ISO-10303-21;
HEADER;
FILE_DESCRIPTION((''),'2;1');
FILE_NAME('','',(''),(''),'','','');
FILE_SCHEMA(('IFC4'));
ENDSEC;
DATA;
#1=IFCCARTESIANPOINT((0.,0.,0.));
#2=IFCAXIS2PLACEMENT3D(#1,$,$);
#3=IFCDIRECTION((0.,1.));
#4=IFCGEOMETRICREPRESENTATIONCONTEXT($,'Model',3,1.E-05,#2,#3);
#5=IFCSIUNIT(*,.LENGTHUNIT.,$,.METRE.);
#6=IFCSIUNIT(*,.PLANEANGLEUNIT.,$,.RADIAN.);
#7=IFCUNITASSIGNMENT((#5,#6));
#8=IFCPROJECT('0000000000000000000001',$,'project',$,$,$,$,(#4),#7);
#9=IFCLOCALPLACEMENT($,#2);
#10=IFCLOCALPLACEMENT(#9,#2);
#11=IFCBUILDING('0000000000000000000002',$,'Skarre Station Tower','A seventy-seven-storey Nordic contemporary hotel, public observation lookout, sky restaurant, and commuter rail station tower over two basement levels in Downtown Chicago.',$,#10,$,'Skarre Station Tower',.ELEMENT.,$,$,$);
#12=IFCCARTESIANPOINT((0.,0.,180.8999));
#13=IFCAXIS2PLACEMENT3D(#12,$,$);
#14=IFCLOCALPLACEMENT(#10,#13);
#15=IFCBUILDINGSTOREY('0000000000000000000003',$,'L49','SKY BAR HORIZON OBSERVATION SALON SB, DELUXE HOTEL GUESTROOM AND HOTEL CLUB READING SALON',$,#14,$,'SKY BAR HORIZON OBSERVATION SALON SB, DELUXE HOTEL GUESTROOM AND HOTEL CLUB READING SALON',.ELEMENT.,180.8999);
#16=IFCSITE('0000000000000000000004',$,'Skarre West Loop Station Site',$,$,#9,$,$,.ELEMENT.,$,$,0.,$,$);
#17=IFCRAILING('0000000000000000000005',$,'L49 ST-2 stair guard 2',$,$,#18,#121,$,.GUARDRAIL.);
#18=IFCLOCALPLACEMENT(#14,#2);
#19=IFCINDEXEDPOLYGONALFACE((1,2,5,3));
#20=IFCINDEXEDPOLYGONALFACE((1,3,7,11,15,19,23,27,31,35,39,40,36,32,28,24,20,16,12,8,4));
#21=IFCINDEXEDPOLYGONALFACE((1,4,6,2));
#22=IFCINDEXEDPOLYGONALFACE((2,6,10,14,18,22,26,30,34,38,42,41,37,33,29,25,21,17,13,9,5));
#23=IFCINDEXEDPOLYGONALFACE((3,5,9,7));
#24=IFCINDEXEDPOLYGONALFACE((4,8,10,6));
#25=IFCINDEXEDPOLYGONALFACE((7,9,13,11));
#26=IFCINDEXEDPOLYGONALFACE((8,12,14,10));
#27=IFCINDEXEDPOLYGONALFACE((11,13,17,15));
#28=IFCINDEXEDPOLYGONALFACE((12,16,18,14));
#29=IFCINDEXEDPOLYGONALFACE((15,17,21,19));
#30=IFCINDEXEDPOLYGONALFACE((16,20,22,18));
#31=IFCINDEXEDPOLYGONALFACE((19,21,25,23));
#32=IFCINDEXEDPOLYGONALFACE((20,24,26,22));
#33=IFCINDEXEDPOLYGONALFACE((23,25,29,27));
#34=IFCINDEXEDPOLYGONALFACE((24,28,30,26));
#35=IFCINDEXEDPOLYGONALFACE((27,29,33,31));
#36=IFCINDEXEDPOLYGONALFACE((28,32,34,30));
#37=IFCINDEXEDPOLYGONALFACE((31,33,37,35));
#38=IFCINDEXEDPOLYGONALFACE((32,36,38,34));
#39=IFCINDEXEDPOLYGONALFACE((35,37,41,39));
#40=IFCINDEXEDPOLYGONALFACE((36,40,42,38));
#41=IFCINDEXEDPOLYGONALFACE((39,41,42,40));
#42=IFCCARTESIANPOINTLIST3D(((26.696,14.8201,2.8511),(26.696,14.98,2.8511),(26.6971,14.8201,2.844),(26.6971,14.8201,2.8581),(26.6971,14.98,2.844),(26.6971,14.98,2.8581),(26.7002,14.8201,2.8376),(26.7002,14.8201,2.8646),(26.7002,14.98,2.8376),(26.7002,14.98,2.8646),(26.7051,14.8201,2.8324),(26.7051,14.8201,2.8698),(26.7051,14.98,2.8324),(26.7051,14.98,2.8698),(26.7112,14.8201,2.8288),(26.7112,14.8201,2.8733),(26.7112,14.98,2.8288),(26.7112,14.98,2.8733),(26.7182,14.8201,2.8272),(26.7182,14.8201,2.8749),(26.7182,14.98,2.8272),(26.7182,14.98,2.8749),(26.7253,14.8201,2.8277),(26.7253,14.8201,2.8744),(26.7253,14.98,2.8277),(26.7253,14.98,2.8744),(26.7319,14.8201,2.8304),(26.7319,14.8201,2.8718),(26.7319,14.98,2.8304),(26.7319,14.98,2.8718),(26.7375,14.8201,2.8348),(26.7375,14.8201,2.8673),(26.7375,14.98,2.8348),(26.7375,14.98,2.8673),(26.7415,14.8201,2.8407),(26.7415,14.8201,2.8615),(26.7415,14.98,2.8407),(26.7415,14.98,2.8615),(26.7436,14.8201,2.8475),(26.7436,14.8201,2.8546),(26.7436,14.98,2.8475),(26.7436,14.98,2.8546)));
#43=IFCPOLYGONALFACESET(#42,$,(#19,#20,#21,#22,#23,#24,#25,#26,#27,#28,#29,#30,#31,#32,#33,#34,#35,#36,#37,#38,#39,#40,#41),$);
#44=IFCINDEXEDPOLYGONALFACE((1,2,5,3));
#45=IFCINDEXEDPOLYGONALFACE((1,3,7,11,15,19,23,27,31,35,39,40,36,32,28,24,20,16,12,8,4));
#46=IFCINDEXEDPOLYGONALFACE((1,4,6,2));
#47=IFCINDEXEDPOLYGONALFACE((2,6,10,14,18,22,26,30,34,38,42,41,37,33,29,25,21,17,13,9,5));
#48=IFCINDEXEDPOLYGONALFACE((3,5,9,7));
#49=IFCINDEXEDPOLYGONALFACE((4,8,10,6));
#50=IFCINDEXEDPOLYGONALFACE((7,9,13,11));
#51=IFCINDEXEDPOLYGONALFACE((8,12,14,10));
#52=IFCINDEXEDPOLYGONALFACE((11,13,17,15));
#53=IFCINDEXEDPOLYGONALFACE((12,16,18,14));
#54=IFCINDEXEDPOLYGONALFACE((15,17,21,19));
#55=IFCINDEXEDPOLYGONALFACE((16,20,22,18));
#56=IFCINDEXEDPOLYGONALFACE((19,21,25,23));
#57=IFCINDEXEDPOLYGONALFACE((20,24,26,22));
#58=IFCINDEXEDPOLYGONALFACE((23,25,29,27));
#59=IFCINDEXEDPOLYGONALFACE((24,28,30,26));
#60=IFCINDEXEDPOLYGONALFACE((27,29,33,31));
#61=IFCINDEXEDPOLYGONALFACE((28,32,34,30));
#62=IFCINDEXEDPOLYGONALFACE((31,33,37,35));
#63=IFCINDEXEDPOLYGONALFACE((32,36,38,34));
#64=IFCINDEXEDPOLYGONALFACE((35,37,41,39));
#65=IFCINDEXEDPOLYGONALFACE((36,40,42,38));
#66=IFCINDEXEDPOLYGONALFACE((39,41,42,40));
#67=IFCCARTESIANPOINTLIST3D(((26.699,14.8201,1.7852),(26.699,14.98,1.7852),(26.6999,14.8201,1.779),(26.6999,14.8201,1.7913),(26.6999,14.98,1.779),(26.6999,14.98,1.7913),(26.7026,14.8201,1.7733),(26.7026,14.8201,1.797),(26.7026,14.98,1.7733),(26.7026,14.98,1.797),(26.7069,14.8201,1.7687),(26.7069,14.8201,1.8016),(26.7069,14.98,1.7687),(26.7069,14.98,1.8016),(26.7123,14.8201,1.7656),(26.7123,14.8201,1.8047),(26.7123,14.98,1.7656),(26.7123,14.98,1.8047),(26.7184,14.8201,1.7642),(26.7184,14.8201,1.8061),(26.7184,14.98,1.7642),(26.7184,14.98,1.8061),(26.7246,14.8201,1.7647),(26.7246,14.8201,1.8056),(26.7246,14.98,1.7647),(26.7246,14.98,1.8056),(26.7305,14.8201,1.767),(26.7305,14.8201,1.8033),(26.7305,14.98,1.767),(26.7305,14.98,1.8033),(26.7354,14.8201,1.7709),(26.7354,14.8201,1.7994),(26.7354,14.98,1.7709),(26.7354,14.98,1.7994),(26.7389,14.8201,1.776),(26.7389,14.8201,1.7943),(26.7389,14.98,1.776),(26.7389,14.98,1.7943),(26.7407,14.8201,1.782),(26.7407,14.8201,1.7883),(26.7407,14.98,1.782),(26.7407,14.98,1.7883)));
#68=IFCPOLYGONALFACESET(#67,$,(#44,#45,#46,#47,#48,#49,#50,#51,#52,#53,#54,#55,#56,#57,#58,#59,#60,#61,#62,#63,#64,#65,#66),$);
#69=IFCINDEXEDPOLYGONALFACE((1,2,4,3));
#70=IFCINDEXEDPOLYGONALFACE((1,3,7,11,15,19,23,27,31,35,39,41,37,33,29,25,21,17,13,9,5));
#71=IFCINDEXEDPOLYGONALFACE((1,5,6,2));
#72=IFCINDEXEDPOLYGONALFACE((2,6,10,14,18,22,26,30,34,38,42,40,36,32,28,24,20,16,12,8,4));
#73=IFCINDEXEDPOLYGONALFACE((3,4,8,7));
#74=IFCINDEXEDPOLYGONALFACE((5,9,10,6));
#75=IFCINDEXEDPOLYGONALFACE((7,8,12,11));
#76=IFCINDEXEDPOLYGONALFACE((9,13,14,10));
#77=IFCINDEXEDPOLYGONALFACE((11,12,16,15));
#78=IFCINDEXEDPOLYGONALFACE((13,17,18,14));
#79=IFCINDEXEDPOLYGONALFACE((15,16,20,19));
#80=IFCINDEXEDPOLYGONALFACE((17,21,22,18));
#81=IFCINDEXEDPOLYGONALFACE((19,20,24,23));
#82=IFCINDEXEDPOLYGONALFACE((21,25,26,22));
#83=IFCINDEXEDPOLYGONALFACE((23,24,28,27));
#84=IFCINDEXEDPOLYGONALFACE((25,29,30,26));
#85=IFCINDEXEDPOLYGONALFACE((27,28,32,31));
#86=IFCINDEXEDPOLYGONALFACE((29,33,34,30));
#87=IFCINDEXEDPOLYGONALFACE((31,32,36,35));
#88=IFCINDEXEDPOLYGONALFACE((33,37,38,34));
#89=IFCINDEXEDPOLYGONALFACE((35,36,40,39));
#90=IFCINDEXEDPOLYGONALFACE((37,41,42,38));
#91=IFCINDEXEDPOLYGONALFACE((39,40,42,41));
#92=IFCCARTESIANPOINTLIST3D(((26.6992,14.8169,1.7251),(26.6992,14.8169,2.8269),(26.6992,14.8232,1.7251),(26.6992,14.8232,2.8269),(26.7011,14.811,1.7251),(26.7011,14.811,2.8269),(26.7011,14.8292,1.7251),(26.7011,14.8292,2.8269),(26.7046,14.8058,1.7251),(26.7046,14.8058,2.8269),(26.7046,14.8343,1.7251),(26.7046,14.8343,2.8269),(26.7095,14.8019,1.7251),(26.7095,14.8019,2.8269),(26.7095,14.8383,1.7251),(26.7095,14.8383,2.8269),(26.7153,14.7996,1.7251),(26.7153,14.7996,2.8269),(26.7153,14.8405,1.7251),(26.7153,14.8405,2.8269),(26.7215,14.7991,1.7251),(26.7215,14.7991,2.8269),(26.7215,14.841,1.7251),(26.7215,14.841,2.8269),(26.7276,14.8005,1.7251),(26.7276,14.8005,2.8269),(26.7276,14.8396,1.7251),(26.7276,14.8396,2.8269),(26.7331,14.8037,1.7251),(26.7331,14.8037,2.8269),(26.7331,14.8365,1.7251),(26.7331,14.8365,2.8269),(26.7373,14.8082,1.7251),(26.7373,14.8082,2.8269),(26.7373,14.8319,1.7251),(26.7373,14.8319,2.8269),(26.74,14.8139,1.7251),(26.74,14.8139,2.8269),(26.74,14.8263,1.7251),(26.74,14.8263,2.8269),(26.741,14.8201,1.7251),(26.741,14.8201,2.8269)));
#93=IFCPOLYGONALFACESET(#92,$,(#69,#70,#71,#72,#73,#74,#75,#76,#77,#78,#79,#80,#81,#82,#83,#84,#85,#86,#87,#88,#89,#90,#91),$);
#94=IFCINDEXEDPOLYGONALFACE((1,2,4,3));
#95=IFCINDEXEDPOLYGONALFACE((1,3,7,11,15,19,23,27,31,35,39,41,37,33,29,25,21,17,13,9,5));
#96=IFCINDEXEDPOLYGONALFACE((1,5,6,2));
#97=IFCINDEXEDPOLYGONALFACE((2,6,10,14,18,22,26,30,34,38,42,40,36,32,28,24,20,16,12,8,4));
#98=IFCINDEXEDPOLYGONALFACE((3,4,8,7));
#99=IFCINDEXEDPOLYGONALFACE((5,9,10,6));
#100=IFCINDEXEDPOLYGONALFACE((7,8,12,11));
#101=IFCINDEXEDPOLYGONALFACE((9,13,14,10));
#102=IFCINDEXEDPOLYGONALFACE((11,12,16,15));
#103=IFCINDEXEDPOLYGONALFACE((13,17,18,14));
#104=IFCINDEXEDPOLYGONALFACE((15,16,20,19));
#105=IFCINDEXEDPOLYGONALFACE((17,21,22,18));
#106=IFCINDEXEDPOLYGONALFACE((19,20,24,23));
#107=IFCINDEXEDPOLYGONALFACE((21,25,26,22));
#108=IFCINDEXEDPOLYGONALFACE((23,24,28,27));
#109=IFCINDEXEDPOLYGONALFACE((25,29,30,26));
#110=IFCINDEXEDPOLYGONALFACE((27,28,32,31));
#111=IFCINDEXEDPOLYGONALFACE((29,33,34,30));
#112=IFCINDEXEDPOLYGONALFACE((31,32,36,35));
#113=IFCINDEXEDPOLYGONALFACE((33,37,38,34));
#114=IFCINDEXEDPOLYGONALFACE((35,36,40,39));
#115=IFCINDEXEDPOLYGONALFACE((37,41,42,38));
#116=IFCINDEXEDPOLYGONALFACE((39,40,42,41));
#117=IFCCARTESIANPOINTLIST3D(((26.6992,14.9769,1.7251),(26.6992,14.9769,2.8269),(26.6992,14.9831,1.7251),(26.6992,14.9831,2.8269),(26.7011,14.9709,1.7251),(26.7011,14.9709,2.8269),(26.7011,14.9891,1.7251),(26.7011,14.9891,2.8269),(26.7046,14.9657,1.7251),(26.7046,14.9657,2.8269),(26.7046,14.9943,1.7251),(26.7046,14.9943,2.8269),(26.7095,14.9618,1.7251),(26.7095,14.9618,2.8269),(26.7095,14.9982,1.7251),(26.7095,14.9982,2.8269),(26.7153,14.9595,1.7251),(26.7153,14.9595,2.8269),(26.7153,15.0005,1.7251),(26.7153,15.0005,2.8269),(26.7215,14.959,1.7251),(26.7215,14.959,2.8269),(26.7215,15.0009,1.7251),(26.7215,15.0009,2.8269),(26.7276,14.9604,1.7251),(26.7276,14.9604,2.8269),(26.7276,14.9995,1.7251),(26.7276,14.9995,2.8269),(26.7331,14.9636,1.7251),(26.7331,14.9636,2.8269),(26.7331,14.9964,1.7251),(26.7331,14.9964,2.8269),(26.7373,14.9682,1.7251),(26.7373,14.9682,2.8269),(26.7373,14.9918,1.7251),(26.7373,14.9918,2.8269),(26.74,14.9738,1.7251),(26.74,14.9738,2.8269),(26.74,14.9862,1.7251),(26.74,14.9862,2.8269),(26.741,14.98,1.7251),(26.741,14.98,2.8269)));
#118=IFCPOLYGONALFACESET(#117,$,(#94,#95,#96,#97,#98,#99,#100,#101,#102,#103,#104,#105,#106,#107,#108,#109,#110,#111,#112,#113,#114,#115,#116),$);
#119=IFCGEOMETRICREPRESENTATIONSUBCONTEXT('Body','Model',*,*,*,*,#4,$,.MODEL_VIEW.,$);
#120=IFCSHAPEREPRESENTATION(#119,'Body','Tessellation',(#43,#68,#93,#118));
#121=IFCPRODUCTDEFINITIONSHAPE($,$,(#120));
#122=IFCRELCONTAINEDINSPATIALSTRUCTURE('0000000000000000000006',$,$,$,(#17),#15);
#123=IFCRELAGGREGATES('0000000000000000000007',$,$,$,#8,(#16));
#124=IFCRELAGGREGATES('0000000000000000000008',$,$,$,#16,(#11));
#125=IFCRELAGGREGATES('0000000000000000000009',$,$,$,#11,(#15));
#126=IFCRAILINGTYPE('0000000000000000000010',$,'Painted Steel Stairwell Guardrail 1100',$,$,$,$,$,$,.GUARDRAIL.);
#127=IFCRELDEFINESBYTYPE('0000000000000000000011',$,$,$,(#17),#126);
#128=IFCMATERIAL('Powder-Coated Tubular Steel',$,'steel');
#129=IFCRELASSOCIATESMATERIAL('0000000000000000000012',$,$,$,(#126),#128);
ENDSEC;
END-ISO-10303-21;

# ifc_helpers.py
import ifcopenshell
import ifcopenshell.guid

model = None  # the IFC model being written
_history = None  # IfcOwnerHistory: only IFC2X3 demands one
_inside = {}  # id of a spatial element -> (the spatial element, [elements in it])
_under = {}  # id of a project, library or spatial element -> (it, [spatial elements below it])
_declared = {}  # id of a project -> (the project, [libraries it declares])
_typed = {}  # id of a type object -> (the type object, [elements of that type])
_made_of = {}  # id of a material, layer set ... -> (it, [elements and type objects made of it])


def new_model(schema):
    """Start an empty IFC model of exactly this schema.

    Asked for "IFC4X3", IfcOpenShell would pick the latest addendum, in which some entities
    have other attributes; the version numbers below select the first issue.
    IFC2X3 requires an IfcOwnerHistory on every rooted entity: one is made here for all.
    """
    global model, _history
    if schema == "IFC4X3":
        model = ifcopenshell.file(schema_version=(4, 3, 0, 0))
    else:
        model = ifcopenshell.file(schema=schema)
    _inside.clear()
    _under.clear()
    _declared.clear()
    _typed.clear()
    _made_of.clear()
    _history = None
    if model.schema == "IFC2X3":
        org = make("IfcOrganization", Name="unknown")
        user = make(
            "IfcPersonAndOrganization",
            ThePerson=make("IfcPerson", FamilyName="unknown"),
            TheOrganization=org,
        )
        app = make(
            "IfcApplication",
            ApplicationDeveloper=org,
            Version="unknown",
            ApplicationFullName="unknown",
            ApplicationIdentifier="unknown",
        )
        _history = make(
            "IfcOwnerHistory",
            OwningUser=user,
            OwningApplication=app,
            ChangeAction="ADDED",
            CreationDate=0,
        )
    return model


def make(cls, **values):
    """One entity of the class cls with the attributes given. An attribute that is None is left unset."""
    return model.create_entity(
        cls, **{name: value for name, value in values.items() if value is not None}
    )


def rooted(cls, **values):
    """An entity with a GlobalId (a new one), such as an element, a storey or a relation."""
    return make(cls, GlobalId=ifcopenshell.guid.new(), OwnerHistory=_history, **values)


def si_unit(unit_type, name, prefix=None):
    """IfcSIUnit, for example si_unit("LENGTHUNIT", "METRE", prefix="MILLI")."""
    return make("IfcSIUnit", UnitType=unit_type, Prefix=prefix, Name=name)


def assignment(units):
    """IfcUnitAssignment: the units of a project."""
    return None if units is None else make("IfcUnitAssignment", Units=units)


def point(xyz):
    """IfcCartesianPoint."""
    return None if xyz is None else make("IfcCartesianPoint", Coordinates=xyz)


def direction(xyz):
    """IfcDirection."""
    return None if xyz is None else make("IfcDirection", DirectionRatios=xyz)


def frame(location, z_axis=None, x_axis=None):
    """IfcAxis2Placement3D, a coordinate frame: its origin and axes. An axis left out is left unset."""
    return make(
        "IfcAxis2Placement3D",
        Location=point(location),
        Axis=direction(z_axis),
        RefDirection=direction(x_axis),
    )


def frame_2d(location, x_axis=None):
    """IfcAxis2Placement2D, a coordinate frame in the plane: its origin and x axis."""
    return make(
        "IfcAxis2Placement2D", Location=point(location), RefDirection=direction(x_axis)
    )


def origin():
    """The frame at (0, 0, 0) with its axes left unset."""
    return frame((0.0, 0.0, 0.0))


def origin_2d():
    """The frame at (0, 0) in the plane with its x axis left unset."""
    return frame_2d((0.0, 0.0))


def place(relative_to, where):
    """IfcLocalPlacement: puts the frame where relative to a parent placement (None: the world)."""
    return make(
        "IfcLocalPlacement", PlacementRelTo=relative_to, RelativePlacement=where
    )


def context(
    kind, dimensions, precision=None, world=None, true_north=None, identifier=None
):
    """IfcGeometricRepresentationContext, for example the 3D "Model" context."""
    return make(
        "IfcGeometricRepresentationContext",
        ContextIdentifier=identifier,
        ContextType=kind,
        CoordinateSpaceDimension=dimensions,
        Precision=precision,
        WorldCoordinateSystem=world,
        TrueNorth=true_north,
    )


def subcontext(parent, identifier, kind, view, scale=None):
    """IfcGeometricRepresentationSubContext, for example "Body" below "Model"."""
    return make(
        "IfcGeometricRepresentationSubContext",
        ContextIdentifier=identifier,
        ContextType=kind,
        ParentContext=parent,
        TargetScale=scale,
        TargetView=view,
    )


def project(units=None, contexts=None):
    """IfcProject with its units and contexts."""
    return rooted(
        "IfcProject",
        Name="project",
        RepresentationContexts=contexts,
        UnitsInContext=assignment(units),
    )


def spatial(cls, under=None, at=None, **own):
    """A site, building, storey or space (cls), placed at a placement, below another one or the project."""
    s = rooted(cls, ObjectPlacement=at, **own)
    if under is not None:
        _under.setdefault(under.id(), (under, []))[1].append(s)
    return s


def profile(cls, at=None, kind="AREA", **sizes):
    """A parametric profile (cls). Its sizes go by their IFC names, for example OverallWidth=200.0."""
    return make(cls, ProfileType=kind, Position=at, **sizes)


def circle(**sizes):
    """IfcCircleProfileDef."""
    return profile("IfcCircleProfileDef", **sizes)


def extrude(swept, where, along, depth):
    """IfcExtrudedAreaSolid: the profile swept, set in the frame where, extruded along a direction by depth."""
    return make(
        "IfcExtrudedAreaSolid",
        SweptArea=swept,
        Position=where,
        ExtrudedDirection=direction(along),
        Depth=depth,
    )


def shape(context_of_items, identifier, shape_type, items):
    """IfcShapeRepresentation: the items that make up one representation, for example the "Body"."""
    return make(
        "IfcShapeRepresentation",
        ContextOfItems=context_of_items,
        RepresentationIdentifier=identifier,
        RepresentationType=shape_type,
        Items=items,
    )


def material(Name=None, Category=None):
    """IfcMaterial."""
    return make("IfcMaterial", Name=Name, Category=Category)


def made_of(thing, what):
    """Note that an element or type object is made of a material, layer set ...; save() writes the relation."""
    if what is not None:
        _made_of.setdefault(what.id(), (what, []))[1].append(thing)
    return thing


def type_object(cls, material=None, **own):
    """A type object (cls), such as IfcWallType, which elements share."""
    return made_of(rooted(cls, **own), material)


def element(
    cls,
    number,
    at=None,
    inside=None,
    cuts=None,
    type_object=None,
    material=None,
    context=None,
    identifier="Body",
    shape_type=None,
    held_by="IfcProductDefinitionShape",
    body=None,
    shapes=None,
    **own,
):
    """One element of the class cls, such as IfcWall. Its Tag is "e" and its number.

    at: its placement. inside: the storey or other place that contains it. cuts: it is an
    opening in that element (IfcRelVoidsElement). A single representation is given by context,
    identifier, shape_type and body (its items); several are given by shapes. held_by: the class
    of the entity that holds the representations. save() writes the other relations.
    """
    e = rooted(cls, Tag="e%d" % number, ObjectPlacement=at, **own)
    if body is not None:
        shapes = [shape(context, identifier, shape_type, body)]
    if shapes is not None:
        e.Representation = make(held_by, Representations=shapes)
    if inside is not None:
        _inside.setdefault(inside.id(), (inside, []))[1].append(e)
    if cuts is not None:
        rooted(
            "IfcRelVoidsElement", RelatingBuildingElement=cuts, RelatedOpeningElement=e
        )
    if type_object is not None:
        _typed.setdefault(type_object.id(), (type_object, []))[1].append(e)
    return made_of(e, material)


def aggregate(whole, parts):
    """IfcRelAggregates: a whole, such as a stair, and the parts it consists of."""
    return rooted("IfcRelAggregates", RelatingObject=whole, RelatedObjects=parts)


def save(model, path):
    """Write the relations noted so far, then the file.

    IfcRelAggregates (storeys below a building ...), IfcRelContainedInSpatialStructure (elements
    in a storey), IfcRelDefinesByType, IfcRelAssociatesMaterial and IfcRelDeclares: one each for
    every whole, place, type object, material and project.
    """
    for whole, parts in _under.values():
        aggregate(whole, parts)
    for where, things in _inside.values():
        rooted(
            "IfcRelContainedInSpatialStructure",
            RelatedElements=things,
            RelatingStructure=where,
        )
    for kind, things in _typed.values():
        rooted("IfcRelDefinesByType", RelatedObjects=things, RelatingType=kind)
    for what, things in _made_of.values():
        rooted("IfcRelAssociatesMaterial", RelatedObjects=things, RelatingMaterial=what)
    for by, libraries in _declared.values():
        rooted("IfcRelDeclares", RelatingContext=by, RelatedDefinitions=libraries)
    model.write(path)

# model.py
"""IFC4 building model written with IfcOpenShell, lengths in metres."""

from ifc_helpers import new_model, si_unit, direction, frame, origin, origin_2d, place, context, subcontext, project, spatial, circle, extrude, material, type_object, element, save


model = new_model("IFC4")

# Units and contexts
model_context = context("Model", 3, precision=1e-05, world=origin(), true_north=direction((0.0, 1.0)))
body_context = subcontext(model_context, "Body", "Model", "MODEL_VIEW")
ifc_project = project(units=[si_unit("LENGTHUNIT", "METRE"), si_unit("PLANEANGLEUNIT", "RADIAN")], contexts=[model_context])

# Site, building, storey
site_placement = place(None, origin())
site = spatial("IfcSite", under=ifc_project, at=site_placement, Name="Skarre West Loop Station Site", CompositionType="ELEMENT", RefElevation=0.0)
building_placement = place(site_placement, origin())
building = spatial("IfcBuilding", under=site, at=building_placement, Name="Skarre Station Tower", Description="A seventy-seven-storey Nordic contemporary hotel, public observation lookout, sky restaurant, and commuter rail station tower over two basement levels in Downtown Chicago.", LongName="Skarre Station Tower", CompositionType="ELEMENT")
storey_placement = place(building_placement, frame((0.0, 0.0, 180.8999)))
storey = spatial("IfcBuildingStorey", under=building, at=storey_placement, Name="L49", Description="SKY BAR HORIZON OBSERVATION SALON SB, DELUXE HOTEL GUESTROOM AND HOTEL CLUB READING SALON", LongName="SKY BAR HORIZON OBSERVATION SALON SB, DELUXE HOTEL GUESTROOM AND HOTEL CLUB READING SALON", CompositionType="ELEMENT", Elevation=180.8999)

# Railing
ifc_material_1 = material(Name="Powder-Coated Tubular Steel", Category="steel")
railing_type_1 = type_object("IfcRailingType", Name="Painted Steel Stairwell Guardrail 1100", PredefinedType="GUARDRAIL", material=ifc_material_1)
railing_1_placement = place(storey_placement, frame((26.72, 14.8201, 1.7251)))
element("IfcRailing", 1, at=railing_1_placement, inside=storey, type_object=railing_type_1, Name="L49 ST-2 stair guard 2", PredefinedType="GUARDRAIL", context=body_context, shape_type="SweptSolid", body=[
    extrude(circle(Radius=0.0239, at=origin_2d()), frame((0.0, 0.0, 1.126), z_axis=(0.0, 1.0, 0.0), x_axis=(-1.0, 0.0, 0.0)), (0.0, 0.0, 1.0), 0.1599),
    extrude(circle(Radius=0.021, at=origin_2d()), frame((0.0, 0.0, 0.0601), z_axis=(0.0, 1.0, 0.0), x_axis=(-1.0, 0.0, 0.0)), (0.0, 0.0, 1.0), 0.1599),
    extrude(circle(Radius=0.021, at=origin_2d()), origin(), (0.0, 0.0, 1.0), 1.1018),
    extrude(circle(Radius=0.021, at=origin_2d()), frame((0.0, 0.1599, 0.0)), (0.0, 0.0, 1.0), 1.1018),
])

save(model, "model.ifc")
